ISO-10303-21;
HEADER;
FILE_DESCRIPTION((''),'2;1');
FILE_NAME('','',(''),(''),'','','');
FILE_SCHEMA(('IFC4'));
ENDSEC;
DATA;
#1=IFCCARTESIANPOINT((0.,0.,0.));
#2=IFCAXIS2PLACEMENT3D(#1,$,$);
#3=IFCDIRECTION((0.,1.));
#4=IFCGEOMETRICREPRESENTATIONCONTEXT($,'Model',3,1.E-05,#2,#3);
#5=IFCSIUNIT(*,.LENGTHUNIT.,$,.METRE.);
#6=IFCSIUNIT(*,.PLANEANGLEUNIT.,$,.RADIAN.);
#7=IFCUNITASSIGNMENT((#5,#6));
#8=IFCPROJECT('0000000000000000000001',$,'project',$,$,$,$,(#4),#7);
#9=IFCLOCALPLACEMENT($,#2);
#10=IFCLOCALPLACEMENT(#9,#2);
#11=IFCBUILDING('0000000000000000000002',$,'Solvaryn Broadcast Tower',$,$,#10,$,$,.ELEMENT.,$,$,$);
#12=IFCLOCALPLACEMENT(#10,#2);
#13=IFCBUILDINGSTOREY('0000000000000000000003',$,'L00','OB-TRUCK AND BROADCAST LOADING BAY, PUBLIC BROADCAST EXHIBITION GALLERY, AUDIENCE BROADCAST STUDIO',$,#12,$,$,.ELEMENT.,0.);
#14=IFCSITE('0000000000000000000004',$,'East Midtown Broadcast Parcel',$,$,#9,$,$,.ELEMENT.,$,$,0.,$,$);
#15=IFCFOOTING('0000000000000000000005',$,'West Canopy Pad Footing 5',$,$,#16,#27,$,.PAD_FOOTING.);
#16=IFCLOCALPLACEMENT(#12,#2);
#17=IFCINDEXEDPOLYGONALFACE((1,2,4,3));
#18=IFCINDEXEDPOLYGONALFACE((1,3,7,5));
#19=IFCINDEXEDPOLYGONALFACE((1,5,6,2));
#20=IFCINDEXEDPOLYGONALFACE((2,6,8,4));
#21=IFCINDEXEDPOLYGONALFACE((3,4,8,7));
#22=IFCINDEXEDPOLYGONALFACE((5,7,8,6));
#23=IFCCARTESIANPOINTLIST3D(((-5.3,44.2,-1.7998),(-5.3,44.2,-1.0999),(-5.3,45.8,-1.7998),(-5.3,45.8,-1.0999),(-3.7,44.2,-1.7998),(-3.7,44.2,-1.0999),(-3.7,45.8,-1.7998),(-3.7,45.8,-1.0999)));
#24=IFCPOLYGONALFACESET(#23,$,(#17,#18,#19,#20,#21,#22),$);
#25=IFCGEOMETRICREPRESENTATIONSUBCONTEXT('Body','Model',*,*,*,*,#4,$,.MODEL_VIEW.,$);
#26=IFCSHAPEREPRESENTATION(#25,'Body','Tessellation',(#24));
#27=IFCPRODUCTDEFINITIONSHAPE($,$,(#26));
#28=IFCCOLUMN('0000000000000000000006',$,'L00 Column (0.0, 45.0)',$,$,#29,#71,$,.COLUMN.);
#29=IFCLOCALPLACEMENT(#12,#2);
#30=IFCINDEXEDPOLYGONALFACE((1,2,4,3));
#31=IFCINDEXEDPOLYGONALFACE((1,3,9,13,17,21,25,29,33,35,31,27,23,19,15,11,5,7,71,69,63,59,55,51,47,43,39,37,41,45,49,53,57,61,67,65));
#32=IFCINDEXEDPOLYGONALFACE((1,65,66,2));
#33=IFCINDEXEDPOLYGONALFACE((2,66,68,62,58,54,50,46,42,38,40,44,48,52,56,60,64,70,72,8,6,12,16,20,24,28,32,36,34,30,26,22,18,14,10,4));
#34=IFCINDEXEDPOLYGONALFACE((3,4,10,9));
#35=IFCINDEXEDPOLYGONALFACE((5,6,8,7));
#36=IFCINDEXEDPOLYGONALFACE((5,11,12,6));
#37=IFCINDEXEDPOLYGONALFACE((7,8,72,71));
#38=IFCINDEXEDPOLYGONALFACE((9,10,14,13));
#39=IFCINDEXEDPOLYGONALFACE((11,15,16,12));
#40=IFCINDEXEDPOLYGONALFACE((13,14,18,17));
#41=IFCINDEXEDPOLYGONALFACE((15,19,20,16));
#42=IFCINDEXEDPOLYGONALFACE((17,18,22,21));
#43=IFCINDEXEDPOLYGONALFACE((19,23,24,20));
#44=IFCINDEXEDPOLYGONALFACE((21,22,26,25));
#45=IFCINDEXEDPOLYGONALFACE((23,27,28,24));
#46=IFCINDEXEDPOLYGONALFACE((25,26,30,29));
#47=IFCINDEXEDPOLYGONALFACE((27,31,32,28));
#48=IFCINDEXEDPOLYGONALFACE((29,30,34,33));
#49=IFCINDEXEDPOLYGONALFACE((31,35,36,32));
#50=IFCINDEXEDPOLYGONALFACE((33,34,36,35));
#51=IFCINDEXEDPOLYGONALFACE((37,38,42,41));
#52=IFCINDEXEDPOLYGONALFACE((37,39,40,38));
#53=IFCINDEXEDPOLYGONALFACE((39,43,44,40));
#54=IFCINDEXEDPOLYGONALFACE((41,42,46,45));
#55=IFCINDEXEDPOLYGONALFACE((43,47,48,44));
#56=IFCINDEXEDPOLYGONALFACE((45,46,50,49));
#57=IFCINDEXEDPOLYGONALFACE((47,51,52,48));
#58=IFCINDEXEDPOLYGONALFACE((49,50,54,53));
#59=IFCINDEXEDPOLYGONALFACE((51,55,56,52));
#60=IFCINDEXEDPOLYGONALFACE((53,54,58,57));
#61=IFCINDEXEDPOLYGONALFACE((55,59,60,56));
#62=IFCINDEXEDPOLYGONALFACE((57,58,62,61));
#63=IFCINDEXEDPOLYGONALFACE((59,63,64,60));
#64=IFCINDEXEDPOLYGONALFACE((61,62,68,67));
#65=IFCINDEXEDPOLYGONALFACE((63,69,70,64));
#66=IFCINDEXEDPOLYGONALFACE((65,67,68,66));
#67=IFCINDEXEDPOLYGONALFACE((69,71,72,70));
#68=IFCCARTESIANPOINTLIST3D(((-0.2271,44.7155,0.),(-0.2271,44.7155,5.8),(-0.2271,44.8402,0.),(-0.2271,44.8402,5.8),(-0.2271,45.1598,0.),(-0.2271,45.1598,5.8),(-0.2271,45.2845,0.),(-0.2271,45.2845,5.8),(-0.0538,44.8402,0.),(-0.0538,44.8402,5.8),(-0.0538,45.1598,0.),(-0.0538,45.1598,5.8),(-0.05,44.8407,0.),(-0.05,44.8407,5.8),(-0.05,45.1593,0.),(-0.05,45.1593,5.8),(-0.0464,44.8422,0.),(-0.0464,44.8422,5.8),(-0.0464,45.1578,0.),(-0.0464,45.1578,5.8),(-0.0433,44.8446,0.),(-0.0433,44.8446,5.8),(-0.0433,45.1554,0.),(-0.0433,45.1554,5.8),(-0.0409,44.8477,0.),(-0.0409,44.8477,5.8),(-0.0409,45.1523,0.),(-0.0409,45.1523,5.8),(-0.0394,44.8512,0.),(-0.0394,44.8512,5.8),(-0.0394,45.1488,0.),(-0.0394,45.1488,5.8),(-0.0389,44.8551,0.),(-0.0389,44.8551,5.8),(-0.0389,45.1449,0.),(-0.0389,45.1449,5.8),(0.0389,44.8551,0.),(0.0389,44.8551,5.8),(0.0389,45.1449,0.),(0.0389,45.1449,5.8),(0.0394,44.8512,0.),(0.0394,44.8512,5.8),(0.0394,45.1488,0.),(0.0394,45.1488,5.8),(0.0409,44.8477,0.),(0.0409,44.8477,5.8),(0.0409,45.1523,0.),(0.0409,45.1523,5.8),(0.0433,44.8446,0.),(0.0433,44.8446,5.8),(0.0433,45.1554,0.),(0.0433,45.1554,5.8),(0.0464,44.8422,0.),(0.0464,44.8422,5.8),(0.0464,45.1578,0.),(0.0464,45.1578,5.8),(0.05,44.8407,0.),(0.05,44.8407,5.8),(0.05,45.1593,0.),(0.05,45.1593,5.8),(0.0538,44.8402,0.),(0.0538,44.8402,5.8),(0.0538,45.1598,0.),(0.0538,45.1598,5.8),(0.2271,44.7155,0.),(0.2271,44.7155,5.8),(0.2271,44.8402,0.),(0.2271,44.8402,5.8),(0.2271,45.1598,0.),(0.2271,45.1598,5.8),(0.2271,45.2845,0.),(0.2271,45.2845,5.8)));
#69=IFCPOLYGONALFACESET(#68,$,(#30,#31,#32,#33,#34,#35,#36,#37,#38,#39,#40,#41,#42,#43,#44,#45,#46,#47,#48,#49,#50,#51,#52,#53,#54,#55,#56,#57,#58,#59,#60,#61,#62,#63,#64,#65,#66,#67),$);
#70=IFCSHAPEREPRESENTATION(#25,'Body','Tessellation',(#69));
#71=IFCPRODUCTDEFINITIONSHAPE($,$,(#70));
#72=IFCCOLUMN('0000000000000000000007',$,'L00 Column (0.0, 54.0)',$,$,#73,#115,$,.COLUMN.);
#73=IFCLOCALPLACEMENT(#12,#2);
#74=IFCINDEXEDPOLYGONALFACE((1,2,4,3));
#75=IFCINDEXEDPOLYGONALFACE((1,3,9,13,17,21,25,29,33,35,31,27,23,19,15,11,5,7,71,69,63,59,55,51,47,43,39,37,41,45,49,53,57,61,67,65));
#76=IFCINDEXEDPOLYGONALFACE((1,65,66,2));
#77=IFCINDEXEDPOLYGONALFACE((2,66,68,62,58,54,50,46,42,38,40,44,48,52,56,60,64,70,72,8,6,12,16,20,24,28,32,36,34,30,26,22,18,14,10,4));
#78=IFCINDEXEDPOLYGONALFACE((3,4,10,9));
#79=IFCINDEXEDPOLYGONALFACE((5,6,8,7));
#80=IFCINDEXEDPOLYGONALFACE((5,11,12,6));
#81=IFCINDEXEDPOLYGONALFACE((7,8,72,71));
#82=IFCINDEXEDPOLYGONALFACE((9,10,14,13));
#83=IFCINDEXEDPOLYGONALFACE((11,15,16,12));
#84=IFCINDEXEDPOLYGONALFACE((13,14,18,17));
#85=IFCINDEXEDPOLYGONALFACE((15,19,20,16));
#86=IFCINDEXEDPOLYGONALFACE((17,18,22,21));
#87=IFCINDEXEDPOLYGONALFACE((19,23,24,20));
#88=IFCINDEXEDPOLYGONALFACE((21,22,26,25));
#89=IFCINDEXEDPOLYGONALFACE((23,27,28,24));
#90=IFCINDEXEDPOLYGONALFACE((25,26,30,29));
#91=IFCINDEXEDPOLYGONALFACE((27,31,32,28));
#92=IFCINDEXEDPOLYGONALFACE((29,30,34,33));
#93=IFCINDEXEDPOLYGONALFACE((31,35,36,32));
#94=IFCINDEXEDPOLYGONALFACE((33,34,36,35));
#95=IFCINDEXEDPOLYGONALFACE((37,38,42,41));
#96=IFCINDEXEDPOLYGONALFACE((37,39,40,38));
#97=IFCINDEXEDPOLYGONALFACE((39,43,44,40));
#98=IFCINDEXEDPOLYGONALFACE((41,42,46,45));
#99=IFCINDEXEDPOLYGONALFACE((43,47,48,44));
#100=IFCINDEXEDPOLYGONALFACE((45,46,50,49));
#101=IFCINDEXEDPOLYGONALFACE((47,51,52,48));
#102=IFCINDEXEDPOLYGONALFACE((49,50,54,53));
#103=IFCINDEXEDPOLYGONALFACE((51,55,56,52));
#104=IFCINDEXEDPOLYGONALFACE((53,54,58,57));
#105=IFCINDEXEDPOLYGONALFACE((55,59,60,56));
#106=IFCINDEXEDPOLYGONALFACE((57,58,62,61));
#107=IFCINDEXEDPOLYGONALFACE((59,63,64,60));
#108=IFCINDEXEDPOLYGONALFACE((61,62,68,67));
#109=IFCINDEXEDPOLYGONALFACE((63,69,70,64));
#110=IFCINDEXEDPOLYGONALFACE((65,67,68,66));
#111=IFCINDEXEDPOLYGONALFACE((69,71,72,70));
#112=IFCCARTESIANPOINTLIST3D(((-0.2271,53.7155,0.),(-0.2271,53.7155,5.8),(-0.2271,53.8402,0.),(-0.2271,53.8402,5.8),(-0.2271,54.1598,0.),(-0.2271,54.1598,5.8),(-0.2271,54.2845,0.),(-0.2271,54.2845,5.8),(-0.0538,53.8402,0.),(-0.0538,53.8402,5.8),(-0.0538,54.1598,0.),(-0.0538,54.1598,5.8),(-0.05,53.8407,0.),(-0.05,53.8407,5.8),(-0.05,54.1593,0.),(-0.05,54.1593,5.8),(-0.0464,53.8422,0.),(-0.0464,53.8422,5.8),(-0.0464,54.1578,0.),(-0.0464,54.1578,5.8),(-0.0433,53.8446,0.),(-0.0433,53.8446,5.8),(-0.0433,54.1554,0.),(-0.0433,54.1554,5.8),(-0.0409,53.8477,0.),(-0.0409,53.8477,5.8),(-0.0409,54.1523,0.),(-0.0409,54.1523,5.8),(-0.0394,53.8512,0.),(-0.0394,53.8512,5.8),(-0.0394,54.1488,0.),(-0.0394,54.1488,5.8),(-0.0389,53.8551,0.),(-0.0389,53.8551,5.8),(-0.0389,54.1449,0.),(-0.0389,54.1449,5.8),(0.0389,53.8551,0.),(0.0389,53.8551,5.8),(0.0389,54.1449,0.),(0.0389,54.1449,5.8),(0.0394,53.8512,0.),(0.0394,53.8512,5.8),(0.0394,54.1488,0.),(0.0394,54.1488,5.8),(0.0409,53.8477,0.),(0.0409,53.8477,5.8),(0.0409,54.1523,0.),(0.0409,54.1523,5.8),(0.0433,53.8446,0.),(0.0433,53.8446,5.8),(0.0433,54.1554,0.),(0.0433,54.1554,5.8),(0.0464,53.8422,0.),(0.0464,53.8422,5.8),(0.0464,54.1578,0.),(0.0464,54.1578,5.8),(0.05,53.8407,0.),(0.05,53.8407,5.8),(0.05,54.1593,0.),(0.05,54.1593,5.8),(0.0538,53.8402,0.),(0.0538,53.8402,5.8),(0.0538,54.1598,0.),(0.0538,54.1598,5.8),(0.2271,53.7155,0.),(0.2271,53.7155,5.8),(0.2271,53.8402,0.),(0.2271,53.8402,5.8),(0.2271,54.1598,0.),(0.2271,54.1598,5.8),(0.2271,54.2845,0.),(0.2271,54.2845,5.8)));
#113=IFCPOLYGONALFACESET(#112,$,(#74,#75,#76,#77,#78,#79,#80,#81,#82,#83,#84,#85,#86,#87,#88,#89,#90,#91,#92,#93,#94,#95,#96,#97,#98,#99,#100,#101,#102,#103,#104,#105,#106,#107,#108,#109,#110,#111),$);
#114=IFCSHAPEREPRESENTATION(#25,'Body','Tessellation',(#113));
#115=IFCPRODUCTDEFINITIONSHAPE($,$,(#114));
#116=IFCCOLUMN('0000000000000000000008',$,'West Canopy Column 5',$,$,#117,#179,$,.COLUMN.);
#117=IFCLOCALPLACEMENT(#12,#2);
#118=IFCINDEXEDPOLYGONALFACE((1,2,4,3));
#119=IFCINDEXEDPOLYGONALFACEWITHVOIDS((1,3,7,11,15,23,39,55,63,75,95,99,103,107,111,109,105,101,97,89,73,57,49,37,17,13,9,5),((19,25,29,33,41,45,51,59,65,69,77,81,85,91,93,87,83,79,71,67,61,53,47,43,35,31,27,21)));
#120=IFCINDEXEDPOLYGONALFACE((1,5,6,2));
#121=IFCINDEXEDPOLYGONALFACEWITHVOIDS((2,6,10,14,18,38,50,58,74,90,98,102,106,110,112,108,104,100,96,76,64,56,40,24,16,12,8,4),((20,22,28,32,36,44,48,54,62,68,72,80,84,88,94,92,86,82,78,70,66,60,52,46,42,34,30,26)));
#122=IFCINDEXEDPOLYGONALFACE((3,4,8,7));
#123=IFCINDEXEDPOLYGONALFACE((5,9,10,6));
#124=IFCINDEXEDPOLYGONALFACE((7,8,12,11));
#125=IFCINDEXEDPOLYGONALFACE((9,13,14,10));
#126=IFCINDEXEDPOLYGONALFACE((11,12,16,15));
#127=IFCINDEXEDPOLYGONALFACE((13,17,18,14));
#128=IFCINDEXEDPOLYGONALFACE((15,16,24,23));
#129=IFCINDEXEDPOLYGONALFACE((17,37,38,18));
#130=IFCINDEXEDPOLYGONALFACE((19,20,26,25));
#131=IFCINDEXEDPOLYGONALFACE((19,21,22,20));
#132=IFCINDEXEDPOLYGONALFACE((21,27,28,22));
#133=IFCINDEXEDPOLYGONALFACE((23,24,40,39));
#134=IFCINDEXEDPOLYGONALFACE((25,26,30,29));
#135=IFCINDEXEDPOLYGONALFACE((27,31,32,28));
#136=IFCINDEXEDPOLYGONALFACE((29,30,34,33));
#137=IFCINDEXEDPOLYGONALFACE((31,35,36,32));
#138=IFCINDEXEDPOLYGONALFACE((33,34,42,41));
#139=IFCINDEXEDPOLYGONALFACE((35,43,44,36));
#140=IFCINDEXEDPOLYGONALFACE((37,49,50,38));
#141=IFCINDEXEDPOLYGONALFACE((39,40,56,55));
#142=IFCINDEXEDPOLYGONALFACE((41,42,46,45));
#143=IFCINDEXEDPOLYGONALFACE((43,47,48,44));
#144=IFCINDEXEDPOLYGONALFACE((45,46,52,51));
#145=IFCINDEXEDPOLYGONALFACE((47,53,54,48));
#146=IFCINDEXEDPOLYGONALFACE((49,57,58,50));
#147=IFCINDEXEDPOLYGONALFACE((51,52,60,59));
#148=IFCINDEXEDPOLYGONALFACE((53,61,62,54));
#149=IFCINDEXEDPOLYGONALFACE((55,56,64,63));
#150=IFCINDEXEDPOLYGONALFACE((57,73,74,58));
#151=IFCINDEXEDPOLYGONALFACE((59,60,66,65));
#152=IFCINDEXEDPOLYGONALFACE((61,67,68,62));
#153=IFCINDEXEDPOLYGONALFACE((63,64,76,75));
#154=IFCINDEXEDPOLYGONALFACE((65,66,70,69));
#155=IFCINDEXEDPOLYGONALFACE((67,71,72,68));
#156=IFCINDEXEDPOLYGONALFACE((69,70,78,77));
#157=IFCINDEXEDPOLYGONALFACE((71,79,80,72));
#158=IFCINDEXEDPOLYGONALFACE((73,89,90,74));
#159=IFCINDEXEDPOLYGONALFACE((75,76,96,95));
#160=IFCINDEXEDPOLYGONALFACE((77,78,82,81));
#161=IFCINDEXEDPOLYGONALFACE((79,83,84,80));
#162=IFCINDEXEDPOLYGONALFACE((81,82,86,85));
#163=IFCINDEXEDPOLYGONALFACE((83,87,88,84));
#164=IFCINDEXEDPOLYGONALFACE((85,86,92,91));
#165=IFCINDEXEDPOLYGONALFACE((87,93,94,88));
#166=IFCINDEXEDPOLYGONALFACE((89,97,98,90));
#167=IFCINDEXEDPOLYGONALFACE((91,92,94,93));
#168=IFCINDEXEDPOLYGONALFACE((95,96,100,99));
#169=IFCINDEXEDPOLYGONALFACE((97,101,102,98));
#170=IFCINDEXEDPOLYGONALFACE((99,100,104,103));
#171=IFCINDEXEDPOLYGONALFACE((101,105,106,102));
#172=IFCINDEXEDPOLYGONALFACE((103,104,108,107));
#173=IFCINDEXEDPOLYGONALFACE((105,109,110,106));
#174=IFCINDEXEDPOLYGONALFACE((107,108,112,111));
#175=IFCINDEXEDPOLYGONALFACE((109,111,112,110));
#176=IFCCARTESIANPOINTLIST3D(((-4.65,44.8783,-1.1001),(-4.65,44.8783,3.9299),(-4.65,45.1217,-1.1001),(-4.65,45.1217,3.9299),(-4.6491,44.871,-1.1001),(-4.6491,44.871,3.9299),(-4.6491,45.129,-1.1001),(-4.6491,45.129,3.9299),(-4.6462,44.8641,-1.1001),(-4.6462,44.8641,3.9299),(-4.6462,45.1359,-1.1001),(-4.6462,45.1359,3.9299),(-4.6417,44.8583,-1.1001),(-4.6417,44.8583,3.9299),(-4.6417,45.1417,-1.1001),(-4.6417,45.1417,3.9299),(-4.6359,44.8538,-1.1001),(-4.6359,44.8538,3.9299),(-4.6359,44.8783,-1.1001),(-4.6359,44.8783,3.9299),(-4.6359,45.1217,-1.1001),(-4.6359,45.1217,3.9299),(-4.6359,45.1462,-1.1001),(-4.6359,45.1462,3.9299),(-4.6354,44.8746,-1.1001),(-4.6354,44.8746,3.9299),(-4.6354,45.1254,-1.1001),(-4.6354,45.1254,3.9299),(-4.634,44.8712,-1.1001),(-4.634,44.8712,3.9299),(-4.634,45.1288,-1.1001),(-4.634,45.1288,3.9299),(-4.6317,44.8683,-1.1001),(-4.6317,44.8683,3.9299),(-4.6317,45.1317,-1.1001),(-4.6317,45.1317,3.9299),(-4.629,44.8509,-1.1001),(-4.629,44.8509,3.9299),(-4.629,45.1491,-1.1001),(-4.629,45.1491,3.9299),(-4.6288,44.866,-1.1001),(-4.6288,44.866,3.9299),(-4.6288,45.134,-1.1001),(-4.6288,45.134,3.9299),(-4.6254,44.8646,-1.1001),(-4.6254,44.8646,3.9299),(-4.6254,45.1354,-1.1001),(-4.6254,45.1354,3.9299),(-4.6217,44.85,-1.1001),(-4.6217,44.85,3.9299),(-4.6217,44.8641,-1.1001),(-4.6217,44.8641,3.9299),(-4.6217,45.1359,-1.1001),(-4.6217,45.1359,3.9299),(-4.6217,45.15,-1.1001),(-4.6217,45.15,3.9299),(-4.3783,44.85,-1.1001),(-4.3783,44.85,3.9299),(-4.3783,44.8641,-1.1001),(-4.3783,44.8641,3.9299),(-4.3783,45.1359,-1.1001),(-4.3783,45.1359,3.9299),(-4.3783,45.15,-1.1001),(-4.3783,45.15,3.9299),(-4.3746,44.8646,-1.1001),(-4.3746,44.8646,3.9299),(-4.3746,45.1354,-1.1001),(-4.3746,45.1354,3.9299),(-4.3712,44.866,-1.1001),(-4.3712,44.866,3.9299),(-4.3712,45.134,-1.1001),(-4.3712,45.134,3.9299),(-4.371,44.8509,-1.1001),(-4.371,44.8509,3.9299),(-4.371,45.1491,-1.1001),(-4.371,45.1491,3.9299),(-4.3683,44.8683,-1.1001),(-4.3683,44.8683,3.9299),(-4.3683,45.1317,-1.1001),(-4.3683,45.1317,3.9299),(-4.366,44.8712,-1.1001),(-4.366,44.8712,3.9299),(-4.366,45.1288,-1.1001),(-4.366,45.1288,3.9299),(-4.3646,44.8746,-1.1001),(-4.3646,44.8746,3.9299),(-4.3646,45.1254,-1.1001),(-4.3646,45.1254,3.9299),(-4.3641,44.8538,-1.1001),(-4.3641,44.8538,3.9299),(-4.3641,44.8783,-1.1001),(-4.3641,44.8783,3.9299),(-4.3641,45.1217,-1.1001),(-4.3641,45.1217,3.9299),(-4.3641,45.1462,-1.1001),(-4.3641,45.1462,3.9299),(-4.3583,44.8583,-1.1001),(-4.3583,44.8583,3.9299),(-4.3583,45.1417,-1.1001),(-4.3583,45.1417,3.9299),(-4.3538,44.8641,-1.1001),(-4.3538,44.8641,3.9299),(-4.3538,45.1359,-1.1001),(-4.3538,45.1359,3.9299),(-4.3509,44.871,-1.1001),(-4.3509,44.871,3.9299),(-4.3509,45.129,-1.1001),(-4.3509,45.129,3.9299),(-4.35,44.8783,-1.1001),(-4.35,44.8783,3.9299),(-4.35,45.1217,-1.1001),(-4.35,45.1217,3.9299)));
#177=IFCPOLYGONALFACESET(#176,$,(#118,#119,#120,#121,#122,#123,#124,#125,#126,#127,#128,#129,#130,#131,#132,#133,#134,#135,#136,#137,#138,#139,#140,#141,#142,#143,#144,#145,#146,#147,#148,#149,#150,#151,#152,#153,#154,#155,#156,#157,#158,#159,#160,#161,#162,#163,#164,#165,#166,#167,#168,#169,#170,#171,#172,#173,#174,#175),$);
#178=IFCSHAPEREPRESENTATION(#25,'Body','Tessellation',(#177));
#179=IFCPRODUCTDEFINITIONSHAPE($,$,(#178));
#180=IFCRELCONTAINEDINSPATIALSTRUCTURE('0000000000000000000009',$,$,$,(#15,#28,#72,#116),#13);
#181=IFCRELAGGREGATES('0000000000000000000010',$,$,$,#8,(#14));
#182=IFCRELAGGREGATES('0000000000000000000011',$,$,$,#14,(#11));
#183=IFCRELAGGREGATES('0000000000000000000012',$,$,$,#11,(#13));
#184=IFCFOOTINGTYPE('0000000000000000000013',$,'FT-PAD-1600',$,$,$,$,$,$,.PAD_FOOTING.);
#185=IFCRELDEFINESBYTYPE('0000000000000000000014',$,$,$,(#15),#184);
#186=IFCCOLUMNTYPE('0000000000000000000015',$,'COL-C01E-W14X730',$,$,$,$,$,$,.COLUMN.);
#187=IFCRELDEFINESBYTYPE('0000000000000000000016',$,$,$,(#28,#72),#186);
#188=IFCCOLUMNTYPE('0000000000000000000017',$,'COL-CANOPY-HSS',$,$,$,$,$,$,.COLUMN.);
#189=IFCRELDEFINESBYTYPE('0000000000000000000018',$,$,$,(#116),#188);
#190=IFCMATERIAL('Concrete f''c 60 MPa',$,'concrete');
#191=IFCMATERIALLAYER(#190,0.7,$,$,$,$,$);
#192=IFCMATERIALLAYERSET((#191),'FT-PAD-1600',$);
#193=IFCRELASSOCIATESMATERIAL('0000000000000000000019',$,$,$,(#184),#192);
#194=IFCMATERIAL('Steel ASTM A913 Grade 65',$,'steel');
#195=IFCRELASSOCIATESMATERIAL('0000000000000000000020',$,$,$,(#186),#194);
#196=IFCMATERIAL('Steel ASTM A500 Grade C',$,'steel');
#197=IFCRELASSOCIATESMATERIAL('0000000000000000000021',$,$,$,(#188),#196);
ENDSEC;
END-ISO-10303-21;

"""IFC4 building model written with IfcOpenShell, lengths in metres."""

from ifc_helpers import new_model, si_unit, direction, frame, origin, origin_2d, place, context, subcontext, project, spatial, rectangle, hollow_rectangle, i_section, extrude, material, layer, layer_set, material_profile, profile_set, type_object, element, save


model = new_model("IFC4")

# Units and contexts
model_context = context("Model", 3, precision=1e-05, world=origin(), true_north=direction((0.0, 1.0)))
body_context = subcontext(model_context, "Body", "Model", "MODEL_VIEW")
ifc_project = project(units=[si_unit("LENGTHUNIT", "METRE"), si_unit("PLANEANGLEUNIT", "RADIAN")], contexts=[model_context])

# Site, building, storey
site_placement = place(None, origin())
site = spatial("IfcSite", under=ifc_project, at=site_placement, Name="East Midtown Broadcast Parcel", CompositionType="ELEMENT", RefElevation=0.0)
building_placement = place(site_placement, origin())
building = spatial("IfcBuilding", under=site, at=building_placement, Name="Solvaryn Broadcast Tower", CompositionType="ELEMENT")
storey_placement = place(building_placement, origin())
storey = spatial("IfcBuildingStorey", under=building, at=storey_placement, Name="L00", Description="OB-TRUCK AND BROADCAST LOADING BAY, PUBLIC BROADCAST EXHIBITION GALLERY, AUDIENCE BROADCAST STUDIO", CompositionType="ELEMENT", Elevation=0.0)

# Footing
ifc_material_1 = material(Name="Concrete f'c 60 MPa", Category="concrete")
ifc_layer_1 = layer(ifc_material_1, 0.7)
ifc_layer_set_1 = layer_set([ifc_layer_1], Name="FT-PAD-1600")
footing_type = type_object("IfcFootingType", Name="FT-PAD-1600", PredefinedType="PAD_FOOTING", material=ifc_layer_set_1)
footing_placement = place(storey_placement, frame((-4.5, 45.0, -1.7998), z_axis=(0.0, 0.0, 1.0), x_axis=(1.0, 0.0, 0.0)))
element("IfcFooting", 1, at=footing_placement, inside=storey, type_object=footing_type, Name="West Canopy Pad Footing 5", PredefinedType="PAD_FOOTING", context=body_context, shape_type="SweptSolid", body=[
    extrude(rectangle(XDim=1.6001, YDim=1.6001, at=origin_2d()), origin(), (0.0, 0.0, 1.0), 0.7),
])

# Columns
ifc_material_2 = material(Name="Steel ASTM A913 Grade 65", Category="steel")
ifc_material_profile_1 = material_profile(ifc_material_2, i_section(OverallWidth=0.4541, OverallDepth=0.5691, WebThickness=0.0779, FlangeThickness=0.1248, FilletRadius=0.0149, at=origin_2d()))
ifc_profile_set_1 = profile_set([ifc_material_profile_1], Name="Steel ASTM A913 Grade 65")
column_type_1 = type_object("IfcColumnType", Name="COL-C01E-W14X730", PredefinedType="COLUMN", material=ifc_profile_set_1)
for number, where, z_axis, x_axis, name in (
    (2, (0.0, 45.0, 0.0), (0.0, 0.0, 1.0), (1.0, 0.0, 0.0), "L00 Column (0.0, 45.0)"),
    (3, (0.0, 54.0, 0.0), (0.0, 0.0, 1.0), (1.0, 0.0, 0.0), "L00 Column (0.0, 54.0)"),
):
    element("IfcColumn", number, at=place(storey_placement, frame(where, z_axis=z_axis, x_axis=x_axis)), inside=storey, type_object=column_type_1, Name=name, PredefinedType="COLUMN", context=body_context, shape_type="SweptSolid", body=[
        extrude(i_section(OverallWidth=0.4541, OverallDepth=0.5691, WebThickness=0.0779, FlangeThickness=0.1248, FilletRadius=0.0149, at=origin_2d()), origin(), (0.0, 0.0, 1.0), 5.8),
    ])
ifc_material_3 = material(Name="Steel ASTM A500 Grade C", Category="steel")
ifc_material_profile_2 = material_profile(ifc_material_3, hollow_rectangle(XDim=0.3, YDim=0.3, WallThickness=0.0142, InnerFilletRadius=0.0142, OuterFilletRadius=0.0283, at=origin_2d()))
ifc_profile_set_2 = profile_set([ifc_material_profile_2], Name="Steel ASTM A500 Grade C")
column_type_2 = type_object("IfcColumnType", Name="COL-CANOPY-HSS", PredefinedType="COLUMN", material=ifc_profile_set_2)
column_placement = place(storey_placement, frame((-4.5, 45.0, -1.1001), z_axis=(0.0, 0.0, 1.0), x_axis=(1.0, 0.0, 0.0)))
element("IfcColumn", 4, at=column_placement, inside=storey, type_object=column_type_2, Name="West Canopy Column 5", PredefinedType="COLUMN", context=body_context, shape_type="SweptSolid", body=[
    extrude(hollow_rectangle(XDim=0.3, YDim=0.3, WallThickness=0.0142, InnerFilletRadius=0.0142, OuterFilletRadius=0.0283, at=origin_2d()), origin(), (0.0, 0.0, 1.0), 5.03),
])

save(model, "model.ifc")
